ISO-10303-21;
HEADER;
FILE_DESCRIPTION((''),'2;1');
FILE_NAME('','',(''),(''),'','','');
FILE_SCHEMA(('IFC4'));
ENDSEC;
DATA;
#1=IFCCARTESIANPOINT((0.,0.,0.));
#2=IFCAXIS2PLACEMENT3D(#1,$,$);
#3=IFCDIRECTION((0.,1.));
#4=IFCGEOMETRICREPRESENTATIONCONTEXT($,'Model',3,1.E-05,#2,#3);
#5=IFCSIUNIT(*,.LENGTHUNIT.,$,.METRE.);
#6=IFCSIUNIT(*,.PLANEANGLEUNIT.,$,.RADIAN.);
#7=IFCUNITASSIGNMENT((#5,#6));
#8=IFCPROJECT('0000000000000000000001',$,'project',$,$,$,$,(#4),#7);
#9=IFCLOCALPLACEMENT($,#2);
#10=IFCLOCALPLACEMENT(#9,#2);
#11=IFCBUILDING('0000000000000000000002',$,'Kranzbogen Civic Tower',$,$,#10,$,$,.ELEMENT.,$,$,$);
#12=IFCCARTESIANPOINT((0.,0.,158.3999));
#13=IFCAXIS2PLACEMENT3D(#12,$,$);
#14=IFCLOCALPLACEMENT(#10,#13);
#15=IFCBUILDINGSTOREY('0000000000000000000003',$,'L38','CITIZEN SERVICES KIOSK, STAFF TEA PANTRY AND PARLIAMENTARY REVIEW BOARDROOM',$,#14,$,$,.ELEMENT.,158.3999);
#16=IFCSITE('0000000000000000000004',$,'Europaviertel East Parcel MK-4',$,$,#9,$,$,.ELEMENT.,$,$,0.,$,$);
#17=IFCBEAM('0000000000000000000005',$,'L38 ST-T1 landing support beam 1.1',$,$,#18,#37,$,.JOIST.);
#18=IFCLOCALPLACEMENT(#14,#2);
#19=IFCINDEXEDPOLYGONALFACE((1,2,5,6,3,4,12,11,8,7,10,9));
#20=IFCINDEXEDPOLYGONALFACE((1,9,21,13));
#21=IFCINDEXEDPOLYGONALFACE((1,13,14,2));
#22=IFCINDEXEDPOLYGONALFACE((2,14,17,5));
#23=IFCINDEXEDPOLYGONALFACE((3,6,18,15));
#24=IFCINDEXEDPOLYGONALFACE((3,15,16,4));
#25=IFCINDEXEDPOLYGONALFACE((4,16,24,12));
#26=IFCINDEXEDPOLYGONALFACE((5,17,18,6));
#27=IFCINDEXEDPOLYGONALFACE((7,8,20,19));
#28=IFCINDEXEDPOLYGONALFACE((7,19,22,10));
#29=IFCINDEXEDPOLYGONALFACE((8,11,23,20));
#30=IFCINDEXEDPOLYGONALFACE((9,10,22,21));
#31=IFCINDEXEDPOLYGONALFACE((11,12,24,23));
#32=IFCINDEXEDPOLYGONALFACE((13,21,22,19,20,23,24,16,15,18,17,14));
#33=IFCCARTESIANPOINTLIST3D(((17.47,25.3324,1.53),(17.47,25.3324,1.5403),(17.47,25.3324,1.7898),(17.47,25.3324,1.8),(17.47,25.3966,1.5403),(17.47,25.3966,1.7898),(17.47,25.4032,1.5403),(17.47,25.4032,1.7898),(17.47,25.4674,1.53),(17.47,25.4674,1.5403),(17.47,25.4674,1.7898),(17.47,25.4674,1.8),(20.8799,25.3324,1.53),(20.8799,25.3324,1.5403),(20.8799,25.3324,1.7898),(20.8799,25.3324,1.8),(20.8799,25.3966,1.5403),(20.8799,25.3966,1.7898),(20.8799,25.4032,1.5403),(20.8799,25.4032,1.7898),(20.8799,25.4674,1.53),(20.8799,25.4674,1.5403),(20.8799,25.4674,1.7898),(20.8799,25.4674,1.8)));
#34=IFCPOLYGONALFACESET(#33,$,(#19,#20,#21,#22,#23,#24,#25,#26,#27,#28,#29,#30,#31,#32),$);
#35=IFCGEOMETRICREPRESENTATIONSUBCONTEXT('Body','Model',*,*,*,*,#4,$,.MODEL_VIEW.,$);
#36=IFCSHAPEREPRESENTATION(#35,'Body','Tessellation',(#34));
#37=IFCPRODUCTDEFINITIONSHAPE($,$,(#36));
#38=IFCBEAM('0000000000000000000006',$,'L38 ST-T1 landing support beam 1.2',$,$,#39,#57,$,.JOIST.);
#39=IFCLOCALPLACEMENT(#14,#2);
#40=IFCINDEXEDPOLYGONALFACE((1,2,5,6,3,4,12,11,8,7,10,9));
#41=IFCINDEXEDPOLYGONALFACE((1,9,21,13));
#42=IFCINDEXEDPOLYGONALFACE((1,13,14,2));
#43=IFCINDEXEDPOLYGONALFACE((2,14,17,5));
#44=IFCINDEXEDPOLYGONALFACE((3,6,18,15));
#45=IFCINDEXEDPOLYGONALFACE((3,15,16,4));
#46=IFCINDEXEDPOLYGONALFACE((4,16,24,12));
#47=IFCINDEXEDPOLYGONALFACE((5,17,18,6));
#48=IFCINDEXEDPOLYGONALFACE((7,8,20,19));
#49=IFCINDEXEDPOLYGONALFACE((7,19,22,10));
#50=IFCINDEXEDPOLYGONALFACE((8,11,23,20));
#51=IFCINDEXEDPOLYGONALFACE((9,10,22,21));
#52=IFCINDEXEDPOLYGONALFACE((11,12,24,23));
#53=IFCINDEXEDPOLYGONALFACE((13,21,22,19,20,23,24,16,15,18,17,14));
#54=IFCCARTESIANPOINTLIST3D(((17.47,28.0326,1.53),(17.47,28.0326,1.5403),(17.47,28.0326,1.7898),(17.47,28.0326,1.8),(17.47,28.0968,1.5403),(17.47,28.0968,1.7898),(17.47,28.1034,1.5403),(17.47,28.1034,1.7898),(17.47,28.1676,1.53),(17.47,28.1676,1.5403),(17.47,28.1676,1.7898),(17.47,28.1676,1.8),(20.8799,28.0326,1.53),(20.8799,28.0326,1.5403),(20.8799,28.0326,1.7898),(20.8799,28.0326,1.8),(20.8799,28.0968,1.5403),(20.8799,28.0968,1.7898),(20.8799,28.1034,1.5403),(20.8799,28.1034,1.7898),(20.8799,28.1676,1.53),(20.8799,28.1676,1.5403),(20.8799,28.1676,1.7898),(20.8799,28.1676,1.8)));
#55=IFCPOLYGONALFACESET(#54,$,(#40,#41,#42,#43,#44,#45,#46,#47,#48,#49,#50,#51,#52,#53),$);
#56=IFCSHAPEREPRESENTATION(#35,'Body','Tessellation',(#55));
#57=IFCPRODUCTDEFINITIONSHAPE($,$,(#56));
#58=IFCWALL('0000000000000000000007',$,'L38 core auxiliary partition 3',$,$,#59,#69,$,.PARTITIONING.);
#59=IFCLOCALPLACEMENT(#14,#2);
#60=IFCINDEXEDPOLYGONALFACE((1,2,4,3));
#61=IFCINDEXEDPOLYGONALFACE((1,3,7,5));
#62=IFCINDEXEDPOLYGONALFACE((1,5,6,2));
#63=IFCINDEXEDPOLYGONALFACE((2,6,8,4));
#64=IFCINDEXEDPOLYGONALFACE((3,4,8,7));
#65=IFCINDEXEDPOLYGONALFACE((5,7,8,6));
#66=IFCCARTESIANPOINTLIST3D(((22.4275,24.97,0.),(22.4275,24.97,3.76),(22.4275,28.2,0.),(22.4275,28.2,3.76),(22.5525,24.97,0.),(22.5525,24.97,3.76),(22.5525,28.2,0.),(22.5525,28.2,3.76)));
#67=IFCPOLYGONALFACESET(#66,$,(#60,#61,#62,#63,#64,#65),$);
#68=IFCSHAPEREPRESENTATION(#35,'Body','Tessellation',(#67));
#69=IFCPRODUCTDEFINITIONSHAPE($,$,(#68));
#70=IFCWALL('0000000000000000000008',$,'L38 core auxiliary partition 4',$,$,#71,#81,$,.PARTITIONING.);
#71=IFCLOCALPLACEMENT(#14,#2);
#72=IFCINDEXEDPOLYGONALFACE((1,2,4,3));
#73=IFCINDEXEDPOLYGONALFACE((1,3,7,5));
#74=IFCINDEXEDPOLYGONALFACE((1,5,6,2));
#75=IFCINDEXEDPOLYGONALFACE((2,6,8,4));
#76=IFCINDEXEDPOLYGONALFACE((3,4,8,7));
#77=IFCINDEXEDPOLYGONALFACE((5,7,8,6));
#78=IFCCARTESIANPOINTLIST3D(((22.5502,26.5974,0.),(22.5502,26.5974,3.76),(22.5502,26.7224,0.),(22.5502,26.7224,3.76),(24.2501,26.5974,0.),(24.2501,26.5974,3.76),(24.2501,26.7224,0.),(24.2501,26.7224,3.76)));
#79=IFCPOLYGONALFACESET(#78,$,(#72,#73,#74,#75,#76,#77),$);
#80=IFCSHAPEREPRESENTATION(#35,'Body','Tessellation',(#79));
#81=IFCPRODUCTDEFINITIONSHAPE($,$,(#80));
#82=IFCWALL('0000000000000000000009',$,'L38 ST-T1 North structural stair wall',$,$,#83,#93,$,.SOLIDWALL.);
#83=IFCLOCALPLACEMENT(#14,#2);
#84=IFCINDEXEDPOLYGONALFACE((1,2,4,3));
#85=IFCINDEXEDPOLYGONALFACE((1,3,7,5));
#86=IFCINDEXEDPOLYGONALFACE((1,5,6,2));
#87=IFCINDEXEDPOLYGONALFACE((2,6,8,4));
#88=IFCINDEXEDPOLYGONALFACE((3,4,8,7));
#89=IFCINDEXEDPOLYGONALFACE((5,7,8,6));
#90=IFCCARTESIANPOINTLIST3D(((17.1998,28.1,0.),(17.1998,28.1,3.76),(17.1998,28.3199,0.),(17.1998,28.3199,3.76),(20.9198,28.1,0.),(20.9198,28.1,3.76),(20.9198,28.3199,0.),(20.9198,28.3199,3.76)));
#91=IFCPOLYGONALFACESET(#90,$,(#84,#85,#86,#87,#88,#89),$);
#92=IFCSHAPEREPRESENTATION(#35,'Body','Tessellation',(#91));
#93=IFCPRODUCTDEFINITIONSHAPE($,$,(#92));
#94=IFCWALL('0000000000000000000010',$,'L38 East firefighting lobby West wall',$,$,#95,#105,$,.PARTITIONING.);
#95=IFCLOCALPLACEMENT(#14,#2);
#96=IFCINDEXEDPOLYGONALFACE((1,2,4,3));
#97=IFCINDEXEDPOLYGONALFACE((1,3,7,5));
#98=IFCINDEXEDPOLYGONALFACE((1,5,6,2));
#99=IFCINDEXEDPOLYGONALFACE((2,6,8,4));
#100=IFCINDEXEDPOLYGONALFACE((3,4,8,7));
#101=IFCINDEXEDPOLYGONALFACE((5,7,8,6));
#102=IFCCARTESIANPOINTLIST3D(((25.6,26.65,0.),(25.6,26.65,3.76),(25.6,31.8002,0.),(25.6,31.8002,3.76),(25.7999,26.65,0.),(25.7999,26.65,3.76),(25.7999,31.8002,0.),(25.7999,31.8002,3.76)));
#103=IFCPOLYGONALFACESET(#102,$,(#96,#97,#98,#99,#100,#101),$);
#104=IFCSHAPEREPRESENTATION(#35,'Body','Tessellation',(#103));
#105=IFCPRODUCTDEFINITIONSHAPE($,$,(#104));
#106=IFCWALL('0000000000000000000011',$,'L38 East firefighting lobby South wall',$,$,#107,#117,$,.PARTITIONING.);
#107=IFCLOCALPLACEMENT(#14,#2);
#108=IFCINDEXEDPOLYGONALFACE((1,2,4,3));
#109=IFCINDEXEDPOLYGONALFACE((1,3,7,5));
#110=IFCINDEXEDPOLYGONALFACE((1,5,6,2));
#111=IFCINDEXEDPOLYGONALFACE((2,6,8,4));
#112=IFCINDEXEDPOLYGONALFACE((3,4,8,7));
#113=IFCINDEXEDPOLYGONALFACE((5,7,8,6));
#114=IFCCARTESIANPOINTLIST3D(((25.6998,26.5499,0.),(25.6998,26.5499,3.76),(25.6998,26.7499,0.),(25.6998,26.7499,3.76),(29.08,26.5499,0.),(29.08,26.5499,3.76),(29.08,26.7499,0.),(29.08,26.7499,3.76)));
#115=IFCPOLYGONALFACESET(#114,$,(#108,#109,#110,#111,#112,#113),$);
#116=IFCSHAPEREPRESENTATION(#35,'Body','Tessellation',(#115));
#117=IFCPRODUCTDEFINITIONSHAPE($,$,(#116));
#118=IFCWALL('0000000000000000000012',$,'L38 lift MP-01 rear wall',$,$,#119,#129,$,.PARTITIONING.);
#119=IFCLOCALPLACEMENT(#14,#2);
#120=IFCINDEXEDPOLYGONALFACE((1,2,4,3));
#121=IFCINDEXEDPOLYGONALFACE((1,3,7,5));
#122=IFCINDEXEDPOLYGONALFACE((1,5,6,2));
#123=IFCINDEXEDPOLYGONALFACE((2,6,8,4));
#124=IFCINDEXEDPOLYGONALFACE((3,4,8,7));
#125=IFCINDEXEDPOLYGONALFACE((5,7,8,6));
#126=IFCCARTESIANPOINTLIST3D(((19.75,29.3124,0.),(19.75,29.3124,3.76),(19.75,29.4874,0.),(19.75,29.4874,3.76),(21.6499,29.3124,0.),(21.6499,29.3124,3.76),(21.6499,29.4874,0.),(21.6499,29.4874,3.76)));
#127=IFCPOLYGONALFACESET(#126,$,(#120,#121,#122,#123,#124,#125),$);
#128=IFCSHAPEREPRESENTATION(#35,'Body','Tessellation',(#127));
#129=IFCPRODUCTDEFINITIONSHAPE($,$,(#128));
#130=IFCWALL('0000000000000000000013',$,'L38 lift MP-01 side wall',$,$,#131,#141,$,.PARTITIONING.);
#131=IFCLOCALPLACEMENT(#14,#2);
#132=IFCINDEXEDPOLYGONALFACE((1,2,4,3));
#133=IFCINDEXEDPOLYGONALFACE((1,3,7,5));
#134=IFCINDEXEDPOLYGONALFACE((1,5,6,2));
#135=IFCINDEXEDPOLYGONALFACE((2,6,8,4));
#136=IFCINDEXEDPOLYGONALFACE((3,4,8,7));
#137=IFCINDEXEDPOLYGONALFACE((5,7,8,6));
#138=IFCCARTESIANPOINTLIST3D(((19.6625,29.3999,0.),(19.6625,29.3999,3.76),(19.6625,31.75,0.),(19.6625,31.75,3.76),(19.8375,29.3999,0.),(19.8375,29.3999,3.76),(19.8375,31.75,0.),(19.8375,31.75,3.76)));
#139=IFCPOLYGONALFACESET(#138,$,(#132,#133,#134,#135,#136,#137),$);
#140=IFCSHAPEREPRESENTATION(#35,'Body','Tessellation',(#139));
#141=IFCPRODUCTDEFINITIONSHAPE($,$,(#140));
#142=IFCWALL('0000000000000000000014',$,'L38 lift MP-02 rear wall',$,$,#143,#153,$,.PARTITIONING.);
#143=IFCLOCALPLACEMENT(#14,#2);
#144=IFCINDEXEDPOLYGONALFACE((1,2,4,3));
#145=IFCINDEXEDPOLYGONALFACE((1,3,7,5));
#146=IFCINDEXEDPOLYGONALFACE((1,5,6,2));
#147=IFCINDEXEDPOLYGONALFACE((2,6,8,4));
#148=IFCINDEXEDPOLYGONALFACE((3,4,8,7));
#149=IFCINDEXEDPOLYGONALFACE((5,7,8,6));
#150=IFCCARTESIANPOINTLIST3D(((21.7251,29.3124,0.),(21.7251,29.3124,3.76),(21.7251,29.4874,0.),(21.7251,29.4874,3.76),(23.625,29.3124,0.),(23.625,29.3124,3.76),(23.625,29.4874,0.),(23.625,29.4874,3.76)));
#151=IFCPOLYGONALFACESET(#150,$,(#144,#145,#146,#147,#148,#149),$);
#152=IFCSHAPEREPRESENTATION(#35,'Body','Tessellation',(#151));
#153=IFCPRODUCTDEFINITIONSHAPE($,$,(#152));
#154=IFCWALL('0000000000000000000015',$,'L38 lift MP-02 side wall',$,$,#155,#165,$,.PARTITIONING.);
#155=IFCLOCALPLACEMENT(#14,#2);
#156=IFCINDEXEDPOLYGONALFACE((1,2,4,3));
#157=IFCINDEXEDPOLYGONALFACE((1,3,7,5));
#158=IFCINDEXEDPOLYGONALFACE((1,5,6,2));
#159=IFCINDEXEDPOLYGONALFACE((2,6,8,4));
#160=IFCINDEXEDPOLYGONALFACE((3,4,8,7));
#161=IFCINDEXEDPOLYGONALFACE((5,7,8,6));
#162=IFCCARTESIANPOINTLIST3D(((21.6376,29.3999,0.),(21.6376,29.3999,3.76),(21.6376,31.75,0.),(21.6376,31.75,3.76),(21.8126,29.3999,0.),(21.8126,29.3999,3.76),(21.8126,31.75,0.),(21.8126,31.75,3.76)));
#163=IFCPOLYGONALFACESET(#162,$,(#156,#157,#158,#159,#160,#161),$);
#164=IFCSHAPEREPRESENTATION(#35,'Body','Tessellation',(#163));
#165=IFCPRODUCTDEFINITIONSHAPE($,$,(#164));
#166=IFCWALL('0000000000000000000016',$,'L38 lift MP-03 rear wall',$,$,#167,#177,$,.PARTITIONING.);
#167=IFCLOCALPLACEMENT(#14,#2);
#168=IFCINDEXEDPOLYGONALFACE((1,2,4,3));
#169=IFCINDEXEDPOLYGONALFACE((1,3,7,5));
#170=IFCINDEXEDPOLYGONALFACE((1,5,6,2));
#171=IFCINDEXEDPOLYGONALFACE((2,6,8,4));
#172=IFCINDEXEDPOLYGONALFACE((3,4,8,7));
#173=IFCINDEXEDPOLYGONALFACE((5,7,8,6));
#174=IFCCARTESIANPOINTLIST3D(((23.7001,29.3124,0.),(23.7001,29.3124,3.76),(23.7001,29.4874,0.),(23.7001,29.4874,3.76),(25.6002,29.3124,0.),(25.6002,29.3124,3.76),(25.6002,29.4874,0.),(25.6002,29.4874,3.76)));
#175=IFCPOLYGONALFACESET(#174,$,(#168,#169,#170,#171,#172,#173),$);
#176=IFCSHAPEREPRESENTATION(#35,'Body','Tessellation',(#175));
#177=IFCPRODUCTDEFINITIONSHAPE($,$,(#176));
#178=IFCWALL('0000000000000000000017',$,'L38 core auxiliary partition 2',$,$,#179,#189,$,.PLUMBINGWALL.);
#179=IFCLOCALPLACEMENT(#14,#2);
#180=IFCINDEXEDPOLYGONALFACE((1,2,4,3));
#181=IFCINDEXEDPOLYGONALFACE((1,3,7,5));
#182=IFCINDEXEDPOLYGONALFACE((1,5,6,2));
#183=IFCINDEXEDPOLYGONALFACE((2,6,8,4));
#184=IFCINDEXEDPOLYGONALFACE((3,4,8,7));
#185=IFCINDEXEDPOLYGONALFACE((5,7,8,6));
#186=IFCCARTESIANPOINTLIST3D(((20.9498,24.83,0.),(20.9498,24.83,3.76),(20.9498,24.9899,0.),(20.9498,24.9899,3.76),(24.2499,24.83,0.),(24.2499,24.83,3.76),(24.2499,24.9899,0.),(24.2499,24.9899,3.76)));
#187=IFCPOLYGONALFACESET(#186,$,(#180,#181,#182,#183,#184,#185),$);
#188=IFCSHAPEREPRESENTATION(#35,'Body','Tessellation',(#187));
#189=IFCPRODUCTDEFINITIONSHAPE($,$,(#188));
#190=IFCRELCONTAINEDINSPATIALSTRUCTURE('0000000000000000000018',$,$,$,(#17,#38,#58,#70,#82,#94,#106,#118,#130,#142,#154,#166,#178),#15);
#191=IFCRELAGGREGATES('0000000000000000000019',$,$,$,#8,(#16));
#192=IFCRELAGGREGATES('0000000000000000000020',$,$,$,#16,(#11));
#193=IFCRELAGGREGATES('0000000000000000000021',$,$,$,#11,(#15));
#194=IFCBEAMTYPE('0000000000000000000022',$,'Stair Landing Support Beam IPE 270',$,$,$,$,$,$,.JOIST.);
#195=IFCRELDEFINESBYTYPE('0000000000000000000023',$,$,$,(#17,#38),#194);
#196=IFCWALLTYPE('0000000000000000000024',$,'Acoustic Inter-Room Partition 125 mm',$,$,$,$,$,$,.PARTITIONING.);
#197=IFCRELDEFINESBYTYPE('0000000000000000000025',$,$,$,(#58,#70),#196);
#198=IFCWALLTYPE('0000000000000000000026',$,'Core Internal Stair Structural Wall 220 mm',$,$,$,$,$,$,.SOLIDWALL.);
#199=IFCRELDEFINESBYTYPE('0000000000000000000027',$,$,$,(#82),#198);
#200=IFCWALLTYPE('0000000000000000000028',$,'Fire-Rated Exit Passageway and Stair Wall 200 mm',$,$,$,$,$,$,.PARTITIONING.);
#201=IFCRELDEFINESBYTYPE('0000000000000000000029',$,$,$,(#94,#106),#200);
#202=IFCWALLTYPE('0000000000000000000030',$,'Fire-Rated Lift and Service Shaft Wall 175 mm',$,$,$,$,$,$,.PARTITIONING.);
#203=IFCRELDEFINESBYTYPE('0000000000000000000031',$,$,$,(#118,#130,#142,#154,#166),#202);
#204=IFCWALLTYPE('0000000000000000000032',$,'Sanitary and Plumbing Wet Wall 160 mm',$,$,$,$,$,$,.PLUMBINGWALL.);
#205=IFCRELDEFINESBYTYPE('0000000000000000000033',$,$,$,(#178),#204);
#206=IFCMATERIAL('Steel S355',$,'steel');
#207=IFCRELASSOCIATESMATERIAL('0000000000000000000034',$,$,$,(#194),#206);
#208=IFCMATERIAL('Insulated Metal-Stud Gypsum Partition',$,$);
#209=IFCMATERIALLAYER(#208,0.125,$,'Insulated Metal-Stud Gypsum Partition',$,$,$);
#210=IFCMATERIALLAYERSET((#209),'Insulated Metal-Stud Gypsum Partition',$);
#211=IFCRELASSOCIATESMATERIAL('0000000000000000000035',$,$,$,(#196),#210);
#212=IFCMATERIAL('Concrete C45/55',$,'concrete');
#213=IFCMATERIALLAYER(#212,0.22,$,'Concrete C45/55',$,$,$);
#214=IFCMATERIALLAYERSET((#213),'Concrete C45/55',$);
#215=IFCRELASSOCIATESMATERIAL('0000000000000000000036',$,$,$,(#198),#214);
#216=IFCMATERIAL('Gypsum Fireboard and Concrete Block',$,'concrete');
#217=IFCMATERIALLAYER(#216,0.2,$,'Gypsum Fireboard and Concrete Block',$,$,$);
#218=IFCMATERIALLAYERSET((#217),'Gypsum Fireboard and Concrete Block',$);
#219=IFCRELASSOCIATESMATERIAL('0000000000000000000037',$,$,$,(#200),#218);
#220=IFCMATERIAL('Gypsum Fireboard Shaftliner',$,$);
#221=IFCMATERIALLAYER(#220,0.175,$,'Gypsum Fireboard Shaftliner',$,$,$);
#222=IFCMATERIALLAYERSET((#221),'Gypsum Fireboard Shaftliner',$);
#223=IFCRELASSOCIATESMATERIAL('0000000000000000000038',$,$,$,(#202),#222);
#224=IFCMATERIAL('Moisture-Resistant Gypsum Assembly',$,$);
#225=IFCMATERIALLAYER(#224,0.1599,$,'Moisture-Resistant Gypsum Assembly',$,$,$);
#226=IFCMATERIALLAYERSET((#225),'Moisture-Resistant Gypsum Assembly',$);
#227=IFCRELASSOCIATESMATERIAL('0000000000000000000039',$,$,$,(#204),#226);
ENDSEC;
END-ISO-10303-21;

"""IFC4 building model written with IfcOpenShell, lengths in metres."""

from ifc_helpers import new_model, si_unit, direction, frame, frame_2d, origin, origin_2d, place, context, subcontext, project, spatial, rectangle, i_section, extrude, material, layer, layer_set, material_profile, profile_set, type_object, element, save


model = new_model("IFC4")

# Units and contexts
model_context = context("Model", 3, precision=1e-05, world=origin(), true_north=direction((0.0, 1.0)))
body_context = subcontext(model_context, "Body", "Model", "MODEL_VIEW")
ifc_project = project(units=[si_unit("LENGTHUNIT", "METRE"), si_unit("PLANEANGLEUNIT", "RADIAN")], contexts=[model_context])

# Site, building, storey
site_placement = place(None, origin())
site = spatial("IfcSite", under=ifc_project, at=site_placement, Name="Europaviertel East Parcel MK-4", CompositionType="ELEMENT", RefElevation=0.0)
building_placement = place(site_placement, origin())
building = spatial("IfcBuilding", under=site, at=building_placement, Name="Kranzbogen Civic Tower", CompositionType="ELEMENT")
storey_placement = place(building_placement, frame((0.0, 0.0, 158.3999)))
storey = spatial("IfcBuildingStorey", under=building, at=storey_placement, Name="L38", Description="CITIZEN SERVICES KIOSK, STAFF TEA PANTRY AND PARLIAMENTARY REVIEW BOARDROOM", CompositionType="ELEMENT", Elevation=158.3999)

# Beams
ifc_material_1 = material(Name="Steel S355", Category="steel")
ifc_material_profile = material_profile(ifc_material_1, i_section(OverallWidth=0.135, OverallDepth=0.27, WebThickness=0.0066, FlangeThickness=0.0103, at=origin_2d()), Name="IPE 270")
ifc_profile_set = profile_set([ifc_material_profile], Name="Steel S355")
beam_type = type_object("IfcBeamType", Name="Stair Landing Support Beam IPE 270", PredefinedType="JOIST", material=ifc_profile_set)
for number, where, z_axis, x_axis, name in (
    (1, (20.8799, 25.3999, 1.665), (-1.0, 0.0, 0.0), (0.0, -1.0, 0.0), "L38 ST-T1 landing support beam 1.1"),
    (2, (20.8799, 28.1001, 1.665), (-1.0, 0.0, 0.0), (0.0, -1.0, 0.0), "L38 ST-T1 landing support beam 1.2"),
):
    element("IfcBeam", number, at=place(storey_placement, frame(where, z_axis=z_axis, x_axis=x_axis)), inside=storey, type_object=beam_type, Name=name, PredefinedType="JOIST", context=body_context, shape_type="SweptSolid", body=[
        extrude(i_section(OverallWidth=0.135, OverallDepth=0.27, WebThickness=0.0066, FlangeThickness=0.0103, at=origin_2d()), origin(), (0.0, 0.0, 1.0), 3.4099),
    ])

# Shared definitions
ifc_material_2 = material(Name="Insulated Metal-Stud Gypsum Partition")
ifc_layer_1 = layer(ifc_material_2, 0.125, Name="Insulated Metal-Stud Gypsum Partition")
ifc_layer_set_1 = layer_set([ifc_layer_1], Name="Insulated Metal-Stud Gypsum Partition")
wall_type_1 = type_object("IfcWallType", Name="Acoustic Inter-Room Partition 125 mm", PredefinedType="PARTITIONING", material=ifc_layer_set_1)

# Walls
wall_1_placement = place(storey_placement, frame((22.49, 24.97, 0.0), z_axis=(0.0, 0.0, 1.0), x_axis=(0.0, 1.0, 0.0)))
element("IfcWall", 3, at=wall_1_placement, inside=storey, type_object=wall_type_1, Name="L38 core auxiliary partition 3", PredefinedType="PARTITIONING", context=body_context, shape_type="SweptSolid", body=[
    extrude(rectangle(XDim=3.23, YDim=0.125, at=frame_2d((1.615, 0.0))), origin(), (0.0, 0.0, 1.0), 3.76),
])
wall_2_placement = place(storey_placement, frame((22.55, 26.6599, 0.0), z_axis=(0.0, 0.0, 1.0), x_axis=(1.0, 0.0, 0.0)))
element("IfcWall", 4, at=wall_2_placement, inside=storey, type_object=wall_type_1, Name="L38 core auxiliary partition 4", PredefinedType="PARTITIONING", context=body_context, shape_type="SweptSolid", body=[
    extrude(rectangle(XDim=1.7, YDim=0.125, at=frame_2d((0.8501, 0.0))), origin(), (0.0, 0.0, 1.0), 3.76),
])
ifc_material_3 = material(Name="Concrete C45/55", Category="concrete")
ifc_layer_2 = layer(ifc_material_3, 0.22, Name="Concrete C45/55")
ifc_layer_set_2 = layer_set([ifc_layer_2], Name="Concrete C45/55")
wall_type_2 = type_object("IfcWallType", Name="Core Internal Stair Structural Wall 220 mm", PredefinedType="SOLIDWALL", material=ifc_layer_set_2)
wall_3_placement = place(storey_placement, frame((17.2, 28.21, 0.0), z_axis=(0.0, 0.0, 1.0), x_axis=(1.0, 0.0, 0.0)))
element("IfcWall", 5, at=wall_3_placement, inside=storey, type_object=wall_type_2, Name="L38 ST-T1 North structural stair wall", PredefinedType="SOLIDWALL", context=body_context, shape_type="SweptSolid", body=[
    extrude(rectangle(XDim=3.72, YDim=0.22, at=frame_2d((1.8599, 0.0))), origin(), (0.0, 0.0, 1.0), 3.76),
])
ifc_material_4 = material(Name="Gypsum Fireboard and Concrete Block", Category="concrete")
ifc_layer_3 = layer(ifc_material_4, 0.2, Name="Gypsum Fireboard and Concrete Block")
ifc_layer_set_3 = layer_set([ifc_layer_3], Name="Gypsum Fireboard and Concrete Block")
wall_type_3 = type_object("IfcWallType", Name="Fire-Rated Exit Passageway and Stair Wall 200 mm", PredefinedType="PARTITIONING", material=ifc_layer_set_3)
wall_4_placement = place(storey_placement, frame((25.7, 26.6499, 0.0), z_axis=(0.0, 0.0, 1.0), x_axis=(0.0, 1.0, 0.0)))
element("IfcWall", 6, at=wall_4_placement, inside=storey, type_object=wall_type_3, Name="L38 East firefighting lobby West wall", PredefinedType="PARTITIONING", context=body_context, shape_type="SweptSolid", body=[
    extrude(rectangle(XDim=5.1501, YDim=0.2, at=frame_2d((2.5752, 0.0))), origin(), (0.0, 0.0, 1.0), 3.76),
])
wall_5_placement = place(storey_placement, frame((25.7, 26.6499, 0.0), z_axis=(0.0, 0.0, 1.0), x_axis=(1.0, 0.0, 0.0)))
element("IfcWall", 7, at=wall_5_placement, inside=storey, type_object=wall_type_3, Name="L38 East firefighting lobby South wall", PredefinedType="PARTITIONING", context=body_context, shape_type="SweptSolid", body=[
    extrude(rectangle(XDim=3.3801, YDim=0.2, at=frame_2d((1.6899, 0.0))), origin(), (0.0, 0.0, 1.0), 3.76),
])
ifc_material_5 = material(Name="Gypsum Fireboard Shaftliner")
ifc_layer_4 = layer(ifc_material_5, 0.175, Name="Gypsum Fireboard Shaftliner")
ifc_layer_set_4 = layer_set([ifc_layer_4], Name="Gypsum Fireboard Shaftliner")
wall_type_4 = type_object("IfcWallType", Name="Fire-Rated Lift and Service Shaft Wall 175 mm", PredefinedType="PARTITIONING", material=ifc_layer_set_4)
wall_6_placement = place(storey_placement, frame((19.75, 29.3999, 0.0), z_axis=(0.0, 0.0, 1.0), x_axis=(1.0, 0.0, 0.0)))
element("IfcWall", 8, at=wall_6_placement, inside=storey, type_object=wall_type_4, Name="L38 lift MP-01 rear wall", PredefinedType="PARTITIONING", context=body_context, shape_type="SweptSolid", body=[
    extrude(rectangle(XDim=1.8999, YDim=0.175, at=frame_2d((0.95, 0.0))), origin(), (0.0, 0.0, 1.0), 3.76),
])
wall_7_placement = place(storey_placement, frame((19.75, 29.3999, 0.0), z_axis=(0.0, 0.0, 1.0), x_axis=(0.0, 1.0, 0.0)))
element("IfcWall", 9, at=wall_7_placement, inside=storey, type_object=wall_type_4, Name="L38 lift MP-01 side wall", PredefinedType="PARTITIONING", context=body_context, shape_type="SweptSolid", body=[
    extrude(rectangle(XDim=2.3501, YDim=0.175, at=frame_2d((1.175, 0.0))), origin(), (0.0, 0.0, 1.0), 3.76),
])
wall_8_placement = place(storey_placement, frame((21.7251, 29.3999, 0.0), z_axis=(0.0, 0.0, 1.0), x_axis=(1.0, 0.0, 0.0)))
element("IfcWall", 10, at=wall_8_placement, inside=storey, type_object=wall_type_4, Name="L38 lift MP-02 rear wall", PredefinedType="PARTITIONING", context=body_context, shape_type="SweptSolid", body=[
    extrude(rectangle(XDim=1.8999, YDim=0.175, at=frame_2d((0.95, 0.0))), origin(), (0.0, 0.0, 1.0), 3.76),
])
wall_9_placement = place(storey_placement, frame((21.7251, 29.3999, 0.0), z_axis=(0.0, 0.0, 1.0), x_axis=(0.0, 1.0, 0.0)))
element("IfcWall", 11, at=wall_9_placement, inside=storey, type_object=wall_type_4, Name="L38 lift MP-02 side wall", PredefinedType="PARTITIONING", context=body_context, shape_type="SweptSolid", body=[
    extrude(rectangle(XDim=2.3501, YDim=0.175, at=frame_2d((1.175, 0.0))), origin(), (0.0, 0.0, 1.0), 3.76),
])
wall_10_placement = place(storey_placement, frame((23.7, 29.3999, 0.0), z_axis=(0.0, 0.0, 1.0), x_axis=(1.0, 0.0, 0.0)))
element("IfcWall", 12, at=wall_10_placement, inside=storey, type_object=wall_type_4, Name="L38 lift MP-03 rear wall", PredefinedType="PARTITIONING", context=body_context, shape_type="SweptSolid", body=[
    extrude(rectangle(XDim=1.9001, YDim=0.175, at=frame_2d((0.9502, 0.0))), origin(), (0.0, 0.0, 1.0), 3.76),
])
ifc_material_6 = material(Name="Moisture-Resistant Gypsum Assembly")
ifc_layer_5 = layer(ifc_material_6, 0.1599, Name="Moisture-Resistant Gypsum Assembly")
ifc_layer_set_5 = layer_set([ifc_layer_5], Name="Moisture-Resistant Gypsum Assembly")
wall_type_5 = type_object("IfcWallType", Name="Sanitary and Plumbing Wet Wall 160 mm", PredefinedType="PLUMBINGWALL", material=ifc_layer_set_5)
wall_11_placement = place(storey_placement, frame((20.95, 24.9099, 0.0), z_axis=(0.0, 0.0, 1.0), x_axis=(1.0, 0.0, 0.0)))
element("IfcWall", 13, at=wall_11_placement, inside=storey, type_object=wall_type_5, Name="L38 core auxiliary partition 2", PredefinedType="PLUMBINGWALL", context=body_context, shape_type="SweptSolid", body=[
    extrude(rectangle(XDim=3.3, YDim=0.1599, at=frame_2d((1.6499, 0.0))), origin(), (0.0, 0.0, 1.0), 3.76),
])

save(model, "model.ifc")
